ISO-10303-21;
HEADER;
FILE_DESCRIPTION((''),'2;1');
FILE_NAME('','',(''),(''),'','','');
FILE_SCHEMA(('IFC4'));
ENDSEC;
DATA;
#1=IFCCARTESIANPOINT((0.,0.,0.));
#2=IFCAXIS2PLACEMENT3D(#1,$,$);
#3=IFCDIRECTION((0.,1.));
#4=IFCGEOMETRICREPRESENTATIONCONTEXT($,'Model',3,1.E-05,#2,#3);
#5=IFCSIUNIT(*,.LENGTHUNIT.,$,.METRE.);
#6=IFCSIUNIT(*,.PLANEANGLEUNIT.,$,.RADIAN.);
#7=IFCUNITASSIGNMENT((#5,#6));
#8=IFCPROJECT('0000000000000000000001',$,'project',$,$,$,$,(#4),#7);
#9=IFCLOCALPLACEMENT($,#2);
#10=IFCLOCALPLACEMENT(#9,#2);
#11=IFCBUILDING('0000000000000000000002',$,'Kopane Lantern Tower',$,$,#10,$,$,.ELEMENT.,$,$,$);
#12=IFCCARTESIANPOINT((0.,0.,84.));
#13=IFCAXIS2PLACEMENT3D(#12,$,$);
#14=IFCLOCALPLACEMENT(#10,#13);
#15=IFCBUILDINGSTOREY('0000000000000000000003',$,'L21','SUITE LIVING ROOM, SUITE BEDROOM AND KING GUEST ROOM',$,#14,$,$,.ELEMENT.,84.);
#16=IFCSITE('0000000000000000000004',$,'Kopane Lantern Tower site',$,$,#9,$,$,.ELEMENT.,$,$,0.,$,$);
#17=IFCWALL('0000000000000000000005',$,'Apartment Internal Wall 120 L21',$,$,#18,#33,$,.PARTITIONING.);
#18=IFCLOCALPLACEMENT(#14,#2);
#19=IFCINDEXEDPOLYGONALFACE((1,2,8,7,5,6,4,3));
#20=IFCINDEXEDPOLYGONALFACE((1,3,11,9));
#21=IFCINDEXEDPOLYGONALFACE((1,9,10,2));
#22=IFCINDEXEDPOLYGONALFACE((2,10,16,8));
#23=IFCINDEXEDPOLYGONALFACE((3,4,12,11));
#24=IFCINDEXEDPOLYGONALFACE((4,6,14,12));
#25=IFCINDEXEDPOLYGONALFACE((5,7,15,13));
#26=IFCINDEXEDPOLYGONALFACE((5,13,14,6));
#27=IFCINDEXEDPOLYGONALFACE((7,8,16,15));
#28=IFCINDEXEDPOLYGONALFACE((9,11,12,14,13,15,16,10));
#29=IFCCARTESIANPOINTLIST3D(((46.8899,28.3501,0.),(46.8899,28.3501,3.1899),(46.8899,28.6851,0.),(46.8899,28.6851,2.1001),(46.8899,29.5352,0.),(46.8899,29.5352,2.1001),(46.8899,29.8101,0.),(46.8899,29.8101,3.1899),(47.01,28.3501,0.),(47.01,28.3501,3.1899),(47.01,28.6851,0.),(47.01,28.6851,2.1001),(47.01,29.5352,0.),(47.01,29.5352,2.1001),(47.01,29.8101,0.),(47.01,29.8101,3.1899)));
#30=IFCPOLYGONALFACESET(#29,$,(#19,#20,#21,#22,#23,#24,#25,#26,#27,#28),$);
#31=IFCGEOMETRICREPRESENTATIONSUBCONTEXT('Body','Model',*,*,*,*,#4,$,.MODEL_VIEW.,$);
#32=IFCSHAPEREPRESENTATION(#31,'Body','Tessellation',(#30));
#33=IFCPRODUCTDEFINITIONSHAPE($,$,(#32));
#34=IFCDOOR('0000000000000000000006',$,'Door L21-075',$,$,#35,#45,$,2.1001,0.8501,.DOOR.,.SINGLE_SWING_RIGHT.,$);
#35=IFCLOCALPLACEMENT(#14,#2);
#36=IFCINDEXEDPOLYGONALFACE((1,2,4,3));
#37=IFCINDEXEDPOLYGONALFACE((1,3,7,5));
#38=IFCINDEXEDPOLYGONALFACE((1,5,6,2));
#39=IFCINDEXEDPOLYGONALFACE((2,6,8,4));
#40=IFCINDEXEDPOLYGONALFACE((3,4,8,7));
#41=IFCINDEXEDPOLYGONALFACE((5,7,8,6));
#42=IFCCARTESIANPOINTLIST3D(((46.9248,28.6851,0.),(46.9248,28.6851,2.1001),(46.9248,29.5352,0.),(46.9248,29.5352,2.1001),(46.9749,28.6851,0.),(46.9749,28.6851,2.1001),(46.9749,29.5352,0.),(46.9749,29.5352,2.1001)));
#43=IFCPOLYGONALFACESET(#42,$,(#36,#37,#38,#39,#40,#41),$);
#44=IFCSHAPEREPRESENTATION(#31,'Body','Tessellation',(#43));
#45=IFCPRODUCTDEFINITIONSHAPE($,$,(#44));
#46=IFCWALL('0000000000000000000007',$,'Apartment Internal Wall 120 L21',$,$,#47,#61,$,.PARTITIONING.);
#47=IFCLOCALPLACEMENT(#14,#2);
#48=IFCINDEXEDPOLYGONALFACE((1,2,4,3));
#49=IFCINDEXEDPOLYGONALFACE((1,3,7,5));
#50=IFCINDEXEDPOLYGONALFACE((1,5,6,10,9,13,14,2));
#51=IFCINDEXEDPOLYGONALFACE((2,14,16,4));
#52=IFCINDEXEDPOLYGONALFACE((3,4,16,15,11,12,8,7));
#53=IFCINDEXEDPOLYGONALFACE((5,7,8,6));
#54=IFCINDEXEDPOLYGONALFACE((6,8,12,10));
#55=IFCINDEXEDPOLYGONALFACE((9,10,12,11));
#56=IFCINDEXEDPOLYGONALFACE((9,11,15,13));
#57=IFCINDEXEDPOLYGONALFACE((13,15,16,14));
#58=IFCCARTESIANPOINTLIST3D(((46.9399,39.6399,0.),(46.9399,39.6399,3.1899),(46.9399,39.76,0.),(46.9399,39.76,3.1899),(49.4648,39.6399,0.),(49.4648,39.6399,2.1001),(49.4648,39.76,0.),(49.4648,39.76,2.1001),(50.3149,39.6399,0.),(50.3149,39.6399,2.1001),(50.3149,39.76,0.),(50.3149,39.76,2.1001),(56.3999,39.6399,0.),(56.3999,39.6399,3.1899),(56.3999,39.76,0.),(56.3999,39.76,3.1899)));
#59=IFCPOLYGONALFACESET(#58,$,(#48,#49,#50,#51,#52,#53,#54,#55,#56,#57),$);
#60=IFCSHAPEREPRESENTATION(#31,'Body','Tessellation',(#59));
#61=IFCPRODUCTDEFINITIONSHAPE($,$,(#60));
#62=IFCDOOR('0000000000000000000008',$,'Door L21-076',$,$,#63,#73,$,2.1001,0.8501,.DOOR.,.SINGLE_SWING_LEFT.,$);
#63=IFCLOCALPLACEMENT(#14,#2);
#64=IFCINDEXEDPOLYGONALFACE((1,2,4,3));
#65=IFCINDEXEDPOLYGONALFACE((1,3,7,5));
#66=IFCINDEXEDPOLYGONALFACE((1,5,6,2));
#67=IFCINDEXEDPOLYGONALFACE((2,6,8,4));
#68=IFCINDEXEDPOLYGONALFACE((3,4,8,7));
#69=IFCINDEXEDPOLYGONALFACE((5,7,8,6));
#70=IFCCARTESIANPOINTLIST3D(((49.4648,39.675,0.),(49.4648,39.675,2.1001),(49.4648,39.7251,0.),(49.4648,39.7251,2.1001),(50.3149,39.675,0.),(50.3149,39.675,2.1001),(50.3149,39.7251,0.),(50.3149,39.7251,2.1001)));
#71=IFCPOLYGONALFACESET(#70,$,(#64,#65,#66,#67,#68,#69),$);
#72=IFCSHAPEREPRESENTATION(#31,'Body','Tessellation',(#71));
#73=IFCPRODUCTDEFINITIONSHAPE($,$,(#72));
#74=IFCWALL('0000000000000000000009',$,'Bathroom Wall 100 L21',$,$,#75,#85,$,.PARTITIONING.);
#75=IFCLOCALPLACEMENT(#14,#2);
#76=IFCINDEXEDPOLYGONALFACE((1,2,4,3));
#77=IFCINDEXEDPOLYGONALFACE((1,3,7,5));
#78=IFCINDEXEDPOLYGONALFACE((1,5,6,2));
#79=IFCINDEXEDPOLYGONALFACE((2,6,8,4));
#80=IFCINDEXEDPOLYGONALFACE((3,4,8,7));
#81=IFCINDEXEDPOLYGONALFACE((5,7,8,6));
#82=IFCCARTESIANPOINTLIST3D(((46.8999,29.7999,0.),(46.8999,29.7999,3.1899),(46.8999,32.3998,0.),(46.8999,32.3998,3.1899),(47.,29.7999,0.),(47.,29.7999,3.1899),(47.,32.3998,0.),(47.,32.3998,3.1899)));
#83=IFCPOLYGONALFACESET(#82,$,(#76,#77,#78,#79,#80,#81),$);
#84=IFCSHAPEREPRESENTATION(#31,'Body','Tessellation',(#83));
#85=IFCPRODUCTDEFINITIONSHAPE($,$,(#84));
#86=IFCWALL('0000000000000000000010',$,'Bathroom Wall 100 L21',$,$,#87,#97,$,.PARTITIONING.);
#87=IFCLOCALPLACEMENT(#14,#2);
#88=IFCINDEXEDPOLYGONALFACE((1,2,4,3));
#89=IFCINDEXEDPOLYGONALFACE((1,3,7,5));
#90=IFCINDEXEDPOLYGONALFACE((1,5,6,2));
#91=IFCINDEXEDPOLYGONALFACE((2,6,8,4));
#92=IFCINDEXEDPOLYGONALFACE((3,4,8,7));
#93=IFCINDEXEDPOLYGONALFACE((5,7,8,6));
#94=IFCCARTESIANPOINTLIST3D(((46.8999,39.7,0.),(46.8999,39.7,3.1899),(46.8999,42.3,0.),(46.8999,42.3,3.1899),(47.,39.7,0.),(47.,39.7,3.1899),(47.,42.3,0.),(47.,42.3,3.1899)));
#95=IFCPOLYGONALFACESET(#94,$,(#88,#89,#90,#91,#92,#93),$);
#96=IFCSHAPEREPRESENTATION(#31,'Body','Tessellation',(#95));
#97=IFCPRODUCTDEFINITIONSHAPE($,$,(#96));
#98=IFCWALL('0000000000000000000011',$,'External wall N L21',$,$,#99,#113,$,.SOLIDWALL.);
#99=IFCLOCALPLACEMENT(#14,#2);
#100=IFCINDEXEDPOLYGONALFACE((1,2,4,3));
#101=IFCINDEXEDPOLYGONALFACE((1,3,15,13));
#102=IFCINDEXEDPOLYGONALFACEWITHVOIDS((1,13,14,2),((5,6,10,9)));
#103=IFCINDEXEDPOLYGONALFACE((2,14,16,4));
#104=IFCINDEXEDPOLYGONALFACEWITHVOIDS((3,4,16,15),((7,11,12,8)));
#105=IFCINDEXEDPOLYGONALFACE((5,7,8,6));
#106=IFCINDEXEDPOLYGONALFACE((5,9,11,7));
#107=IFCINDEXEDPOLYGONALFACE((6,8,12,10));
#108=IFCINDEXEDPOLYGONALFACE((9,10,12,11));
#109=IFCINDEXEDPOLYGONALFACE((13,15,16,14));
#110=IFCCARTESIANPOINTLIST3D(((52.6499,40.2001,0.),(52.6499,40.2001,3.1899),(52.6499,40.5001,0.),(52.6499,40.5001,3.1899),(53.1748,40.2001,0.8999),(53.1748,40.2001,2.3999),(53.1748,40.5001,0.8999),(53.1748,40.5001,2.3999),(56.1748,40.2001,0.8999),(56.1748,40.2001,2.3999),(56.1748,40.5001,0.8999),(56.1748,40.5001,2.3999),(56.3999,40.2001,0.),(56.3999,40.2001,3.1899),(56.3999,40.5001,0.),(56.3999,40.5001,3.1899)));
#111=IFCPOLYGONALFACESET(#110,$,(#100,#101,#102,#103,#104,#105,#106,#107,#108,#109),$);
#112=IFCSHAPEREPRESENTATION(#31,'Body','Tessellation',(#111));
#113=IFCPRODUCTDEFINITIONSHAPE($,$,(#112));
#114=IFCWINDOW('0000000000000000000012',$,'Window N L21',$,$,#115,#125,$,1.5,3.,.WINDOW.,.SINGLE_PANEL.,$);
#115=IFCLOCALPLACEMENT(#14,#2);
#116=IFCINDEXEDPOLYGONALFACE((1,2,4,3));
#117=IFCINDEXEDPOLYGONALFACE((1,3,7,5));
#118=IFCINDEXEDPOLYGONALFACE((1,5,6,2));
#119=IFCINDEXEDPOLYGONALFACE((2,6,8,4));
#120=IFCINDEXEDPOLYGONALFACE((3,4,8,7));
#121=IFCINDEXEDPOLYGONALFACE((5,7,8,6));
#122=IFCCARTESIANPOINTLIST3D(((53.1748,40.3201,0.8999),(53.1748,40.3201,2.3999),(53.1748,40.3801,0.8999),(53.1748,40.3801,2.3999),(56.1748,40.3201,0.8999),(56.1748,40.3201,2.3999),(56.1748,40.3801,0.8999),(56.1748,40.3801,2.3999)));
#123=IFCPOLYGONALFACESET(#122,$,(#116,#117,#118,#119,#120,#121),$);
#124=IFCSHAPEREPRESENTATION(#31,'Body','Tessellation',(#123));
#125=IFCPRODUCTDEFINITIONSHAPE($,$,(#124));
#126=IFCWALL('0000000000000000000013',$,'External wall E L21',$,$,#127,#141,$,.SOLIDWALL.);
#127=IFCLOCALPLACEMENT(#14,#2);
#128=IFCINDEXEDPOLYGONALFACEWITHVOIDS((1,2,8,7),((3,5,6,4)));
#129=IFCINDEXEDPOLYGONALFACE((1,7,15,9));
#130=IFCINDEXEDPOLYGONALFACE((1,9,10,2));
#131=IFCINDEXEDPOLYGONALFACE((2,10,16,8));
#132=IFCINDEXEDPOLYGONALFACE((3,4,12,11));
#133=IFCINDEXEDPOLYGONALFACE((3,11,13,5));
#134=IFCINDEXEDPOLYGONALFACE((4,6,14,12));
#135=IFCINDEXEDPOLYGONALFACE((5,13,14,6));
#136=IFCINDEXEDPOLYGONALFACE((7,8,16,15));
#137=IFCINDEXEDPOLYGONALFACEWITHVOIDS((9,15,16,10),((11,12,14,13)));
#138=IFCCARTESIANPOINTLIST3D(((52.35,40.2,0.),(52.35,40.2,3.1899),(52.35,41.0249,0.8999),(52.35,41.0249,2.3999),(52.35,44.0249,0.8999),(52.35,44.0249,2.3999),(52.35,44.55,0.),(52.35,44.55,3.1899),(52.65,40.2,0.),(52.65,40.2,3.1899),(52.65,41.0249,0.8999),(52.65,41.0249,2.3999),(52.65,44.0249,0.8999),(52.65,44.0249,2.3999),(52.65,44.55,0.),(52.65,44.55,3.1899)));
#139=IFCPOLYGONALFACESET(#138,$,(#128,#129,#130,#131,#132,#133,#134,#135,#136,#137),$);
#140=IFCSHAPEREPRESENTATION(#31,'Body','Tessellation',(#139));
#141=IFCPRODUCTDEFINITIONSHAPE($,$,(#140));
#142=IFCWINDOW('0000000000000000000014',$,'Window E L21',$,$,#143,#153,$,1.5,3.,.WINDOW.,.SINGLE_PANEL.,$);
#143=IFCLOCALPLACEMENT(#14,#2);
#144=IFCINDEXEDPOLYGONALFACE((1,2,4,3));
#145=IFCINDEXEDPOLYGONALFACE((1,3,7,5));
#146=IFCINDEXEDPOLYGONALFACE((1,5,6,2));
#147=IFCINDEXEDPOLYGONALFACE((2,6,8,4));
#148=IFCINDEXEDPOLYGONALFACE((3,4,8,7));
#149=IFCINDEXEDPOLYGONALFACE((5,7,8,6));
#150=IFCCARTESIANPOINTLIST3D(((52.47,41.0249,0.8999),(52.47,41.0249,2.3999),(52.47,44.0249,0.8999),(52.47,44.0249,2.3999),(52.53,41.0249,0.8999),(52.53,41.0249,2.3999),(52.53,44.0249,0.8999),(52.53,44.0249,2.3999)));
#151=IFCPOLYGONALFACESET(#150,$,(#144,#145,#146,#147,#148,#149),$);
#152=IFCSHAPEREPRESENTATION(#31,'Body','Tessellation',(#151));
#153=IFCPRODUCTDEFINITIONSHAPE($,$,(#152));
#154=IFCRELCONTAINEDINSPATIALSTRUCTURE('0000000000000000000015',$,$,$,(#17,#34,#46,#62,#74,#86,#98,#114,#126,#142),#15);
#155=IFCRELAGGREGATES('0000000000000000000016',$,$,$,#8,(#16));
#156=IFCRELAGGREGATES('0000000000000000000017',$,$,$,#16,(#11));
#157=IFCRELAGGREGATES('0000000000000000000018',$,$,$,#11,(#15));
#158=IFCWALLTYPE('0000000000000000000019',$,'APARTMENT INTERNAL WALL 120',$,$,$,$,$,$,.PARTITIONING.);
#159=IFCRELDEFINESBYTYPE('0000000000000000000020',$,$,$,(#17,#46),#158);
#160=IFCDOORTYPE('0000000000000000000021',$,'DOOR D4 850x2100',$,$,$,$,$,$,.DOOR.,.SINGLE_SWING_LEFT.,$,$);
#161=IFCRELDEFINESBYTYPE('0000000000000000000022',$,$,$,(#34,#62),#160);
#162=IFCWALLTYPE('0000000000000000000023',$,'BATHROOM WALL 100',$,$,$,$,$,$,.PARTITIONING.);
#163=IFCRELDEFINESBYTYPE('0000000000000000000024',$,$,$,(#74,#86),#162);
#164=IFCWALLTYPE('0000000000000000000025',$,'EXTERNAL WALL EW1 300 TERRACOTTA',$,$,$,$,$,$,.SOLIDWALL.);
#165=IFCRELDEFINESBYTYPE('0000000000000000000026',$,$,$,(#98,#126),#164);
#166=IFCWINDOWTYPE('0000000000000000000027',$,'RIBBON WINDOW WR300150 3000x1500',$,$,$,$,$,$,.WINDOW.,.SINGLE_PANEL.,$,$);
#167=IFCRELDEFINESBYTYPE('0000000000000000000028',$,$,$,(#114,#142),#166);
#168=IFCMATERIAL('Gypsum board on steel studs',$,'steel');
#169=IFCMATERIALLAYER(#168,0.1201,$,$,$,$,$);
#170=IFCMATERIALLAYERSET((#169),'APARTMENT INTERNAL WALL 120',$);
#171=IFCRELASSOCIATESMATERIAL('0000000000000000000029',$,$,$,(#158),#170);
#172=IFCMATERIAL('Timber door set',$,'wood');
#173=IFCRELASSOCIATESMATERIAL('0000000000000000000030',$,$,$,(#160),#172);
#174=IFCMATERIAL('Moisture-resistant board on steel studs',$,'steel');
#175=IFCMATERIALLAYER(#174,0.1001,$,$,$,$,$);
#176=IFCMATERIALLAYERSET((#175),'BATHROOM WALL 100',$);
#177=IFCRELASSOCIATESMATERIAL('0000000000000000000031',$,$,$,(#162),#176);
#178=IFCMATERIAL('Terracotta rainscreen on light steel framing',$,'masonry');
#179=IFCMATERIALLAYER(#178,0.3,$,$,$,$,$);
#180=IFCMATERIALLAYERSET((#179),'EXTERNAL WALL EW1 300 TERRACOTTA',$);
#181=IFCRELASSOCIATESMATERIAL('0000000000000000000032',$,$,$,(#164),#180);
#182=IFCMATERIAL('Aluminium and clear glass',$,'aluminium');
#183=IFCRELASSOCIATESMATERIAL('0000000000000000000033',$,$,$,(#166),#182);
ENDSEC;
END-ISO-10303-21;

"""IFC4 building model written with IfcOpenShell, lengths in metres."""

from ifc_helpers import new_model, si_unit, direction, frame, frame_2d, origin, place, context, subcontext, project, spatial, rectangle, extrude, material, layer, layer_set, type_object, element, fill, save


model = new_model("IFC4")

# Units and contexts
model_context = context("Model", 3, precision=1e-05, world=origin(), true_north=direction((0.0, 1.0)))
body_context = subcontext(model_context, "Body", "Model", "MODEL_VIEW")
ifc_project = project(units=[si_unit("LENGTHUNIT", "METRE"), si_unit("PLANEANGLEUNIT", "RADIAN")], contexts=[model_context])

# Site, building, storey
site_placement = place(None, origin())
site = spatial("IfcSite", under=ifc_project, at=site_placement, Name="Kopane Lantern Tower site", CompositionType="ELEMENT", RefElevation=0.0)
building_placement = place(site_placement, origin())
building = spatial("IfcBuilding", under=site, at=building_placement, Name="Kopane Lantern Tower", CompositionType="ELEMENT")
storey_placement = place(building_placement, frame((0.0, 0.0, 84.0)))
storey = spatial("IfcBuildingStorey", under=building, at=storey_placement, Name="L21", Description="SUITE LIVING ROOM, SUITE BEDROOM AND KING GUEST ROOM", CompositionType="ELEMENT", Elevation=84.0)

# Walls, openings, doors
ifc_material_1 = material(Name="Gypsum board on steel studs", Category="steel")
ifc_layer_1 = layer(ifc_material_1, 0.1201)
ifc_layer_set_1 = layer_set([ifc_layer_1], Name="APARTMENT INTERNAL WALL 120")
wall_type_1 = type_object("IfcWallType", Name="APARTMENT INTERNAL WALL 120", PredefinedType="PARTITIONING", material=ifc_layer_set_1)
wall_1_placement = place(storey_placement, frame((46.95, 29.8101, 0.0), z_axis=(0.0, 0.0, 1.0), x_axis=(0.0, -1.0, 0.0)))
wall_1 = element("IfcWall", 1, at=wall_1_placement, inside=storey, type_object=wall_type_1, Name="Apartment Internal Wall 120 L21", PredefinedType="PARTITIONING", context=body_context, shape_type="SweptSolid", body=[
    extrude(rectangle(XDim=1.46, YDim=0.1201, at=frame_2d((0.73, 0.0))), origin(), (0.0, 0.0, 1.0), 3.1899),
])
opening_1_placement = place(wall_1_placement, frame((0.2749, 0.0, 0.0)))
opening_1 = element("IfcOpeningElement", 2, at=opening_1_placement, cuts=wall_1, PredefinedType="OPENING", context=body_context, shape_type="SweptSolid", body=[
    extrude(rectangle(XDim=0.8501, YDim=2.1001, at=frame_2d((0.425, 1.05))), frame((0.0, 0.0701, 0.0), z_axis=(0.0, -1.0, 0.0), x_axis=(1.0, 0.0, 0.0)), (0.0, 0.0, 1.0), 0.1401),
])
ifc_material_2 = material(Name="Timber door set", Category="wood")
door_type = type_object("IfcDoorType", Name="DOOR D4 850x2100", OperationType="SINGLE_SWING_LEFT", PredefinedType="DOOR", material=ifc_material_2)
door_1_placement = place(opening_1_placement, origin())
door_1 = element("IfcDoor", 3, at=door_1_placement, inside=storey, type_object=door_type, Name="Door L21-075", OperationType="SINGLE_SWING_RIGHT", OverallHeight=2.1001, OverallWidth=0.8501, PredefinedType="DOOR", context=body_context, shape_type="SweptSolid", body=[
    extrude(rectangle(XDim=0.8501, YDim=2.1001, at=frame_2d((0.425, 1.05))), frame((0.0, 0.0249, 0.0), z_axis=(0.0, -1.0, 0.0), x_axis=(1.0, 0.0, 0.0)), (0.0, 0.0, 1.0), 0.05),
])
fill(opening_1, door_1)
wall_2_placement = place(storey_placement, frame((56.3999, 39.7, 0.0), z_axis=(0.0, 0.0, 1.0), x_axis=(-1.0, 0.0, 0.0)))
wall_2 = element("IfcWall", 4, at=wall_2_placement, inside=storey, type_object=wall_type_1, Name="Apartment Internal Wall 120 L21", PredefinedType="PARTITIONING", context=body_context, shape_type="SweptSolid", body=[
    extrude(rectangle(XDim=9.46, YDim=0.1201, at=frame_2d((4.73, 0.0))), origin(), (0.0, 0.0, 1.0), 3.1899),
])
opening_2_placement = place(wall_2_placement, frame((6.085, 0.0, 0.0)))
opening_2 = element("IfcOpeningElement", 5, at=opening_2_placement, cuts=wall_2, PredefinedType="OPENING", context=body_context, shape_type="SweptSolid", body=[
    extrude(rectangle(XDim=0.8501, YDim=2.1001, at=frame_2d((0.425, 1.05))), frame((0.0, 0.0701, 0.0), z_axis=(0.0, -1.0, 0.0), x_axis=(1.0, 0.0, 0.0)), (0.0, 0.0, 1.0), 0.1401),
])
door_2_placement = place(opening_2_placement, origin())
door_2 = element("IfcDoor", 6, at=door_2_placement, inside=storey, type_object=door_type, Name="Door L21-076", OperationType="SINGLE_SWING_LEFT", OverallHeight=2.1001, OverallWidth=0.8501, PredefinedType="DOOR", context=body_context, shape_type="SweptSolid", body=[
    extrude(rectangle(XDim=0.8501, YDim=2.1001, at=frame_2d((0.425, 1.05))), frame((0.0, 0.0249, 0.0), z_axis=(0.0, -1.0, 0.0), x_axis=(1.0, 0.0, 0.0)), (0.0, 0.0, 1.0), 0.05),
])
fill(opening_2, door_2)

# Walls
ifc_material_3 = material(Name="Moisture-resistant board on steel studs", Category="steel")
ifc_layer_2 = layer(ifc_material_3, 0.1001)
ifc_layer_set_2 = layer_set([ifc_layer_2], Name="BATHROOM WALL 100")
wall_type_2 = type_object("IfcWallType", Name="BATHROOM WALL 100", PredefinedType="PARTITIONING", material=ifc_layer_set_2)
wall_3_placement = place(storey_placement, frame((46.95, 29.8, 0.0), z_axis=(0.0, 0.0, 1.0), x_axis=(0.0, 1.0, 0.0)))
element("IfcWall", 7, at=wall_3_placement, inside=storey, type_object=wall_type_2, Name="Bathroom Wall 100 L21", PredefinedType="PARTITIONING", context=body_context, shape_type="SweptSolid", body=[
    extrude(rectangle(XDim=2.5999, YDim=0.1001, at=frame_2d((1.2998, 0.0))), origin(), (0.0, 0.0, 1.0), 3.1899),
])
wall_4_placement = place(storey_placement, frame((46.95, 39.7, 0.0), z_axis=(0.0, 0.0, 1.0), x_axis=(0.0, 1.0, 0.0)))
element("IfcWall", 8, at=wall_4_placement, inside=storey, type_object=wall_type_2, Name="Bathroom Wall 100 L21", PredefinedType="PARTITIONING", context=body_context, shape_type="SweptSolid", body=[
    extrude(rectangle(XDim=2.6001, YDim=0.1001, at=frame_2d((1.3, 0.0))), origin(), (0.0, 0.0, 1.0), 3.1899),
])

# Walls, openings, windows
ifc_material_4 = material(Name="Terracotta rainscreen on light steel framing", Category="masonry")
ifc_layer_3 = layer(ifc_material_4, 0.3)
ifc_layer_set_3 = layer_set([ifc_layer_3], Name="EXTERNAL WALL EW1 300 TERRACOTTA")
wall_type_3 = type_object("IfcWallType", Name="EXTERNAL WALL EW1 300 TERRACOTTA", PredefinedType="SOLIDWALL", material=ifc_layer_set_3)
wall_5_placement = place(storey_placement, frame((56.3999, 40.3501, 0.0), z_axis=(0.0, 0.0, 1.0), x_axis=(-1.0, 0.0, 0.0)))
wall_5 = element("IfcWall", 9, at=wall_5_placement, inside=storey, type_object=wall_type_3, Name="External wall N L21", PredefinedType="SOLIDWALL", context=body_context, shape_type="SweptSolid", body=[
    extrude(rectangle(XDim=3.75, YDim=0.3, at=frame_2d((1.875, 0.0))), origin(), (0.0, 0.0, 1.0), 3.1899),
])
opening_3_placement = place(wall_5_placement, frame((0.2251, 0.0, 0.8999)))
opening_3 = element("IfcOpeningElement", 10, at=opening_3_placement, cuts=wall_5, PredefinedType="OPENING", context=body_context, shape_type="SweptSolid", body=[
    extrude(rectangle(XDim=3.0, YDim=1.5, at=frame_2d((1.5, 0.75))), frame((0.0, 0.1599, 0.0), z_axis=(0.0, -1.0, 0.0), x_axis=(1.0, 0.0, 0.0)), (0.0, 0.0, 1.0), 0.3201),
])
ifc_material_5 = material(Name="Aluminium and clear glass", Category="aluminium")
window_type = type_object("IfcWindowType", Name="RIBBON WINDOW WR300150 3000x1500", PartitioningType="SINGLE_PANEL", PredefinedType="WINDOW", material=ifc_material_5)
window_1_placement = place(opening_3_placement, origin())
window_1 = element("IfcWindow", 11, at=window_1_placement, inside=storey, type_object=window_type, Name="Window N L21", OverallHeight=1.5, OverallWidth=3.0, PartitioningType="SINGLE_PANEL", PredefinedType="WINDOW", context=body_context, shape_type="SweptSolid", body=[
    extrude(rectangle(XDim=3.0, YDim=1.5, at=frame_2d((1.5, 0.75))), frame((0.0, 0.03, 0.0), z_axis=(0.0, -1.0, 0.0), x_axis=(1.0, 0.0, 0.0)), (0.0, 0.0, 1.0), 0.0601),
])
fill(opening_3, window_1)
wall_6_placement = place(storey_placement, frame((52.5, 40.2, 0.0), z_axis=(0.0, 0.0, 1.0), x_axis=(0.0, 1.0, 0.0)))
wall_6 = element("IfcWall", 12, at=wall_6_placement, inside=storey, type_object=wall_type_3, Name="External wall E L21", PredefinedType="SOLIDWALL", context=body_context, shape_type="SweptSolid", body=[
    extrude(rectangle(XDim=4.3501, YDim=0.3, at=frame_2d((2.175, 0.0))), origin(), (0.0, 0.0, 1.0), 3.1899),
])
opening_4_placement = place(wall_6_placement, frame((0.825, 0.0, 0.8999)))
opening_4 = element("IfcOpeningElement", 13, at=opening_4_placement, cuts=wall_6, PredefinedType="OPENING", context=body_context, shape_type="SweptSolid", body=[
    extrude(rectangle(XDim=3.0, YDim=1.5, at=frame_2d((1.5, 0.75))), frame((0.0, 0.1599, 0.0), z_axis=(0.0, -1.0, 0.0), x_axis=(1.0, 0.0, 0.0)), (0.0, 0.0, 1.0), 0.3201),
])
window_2_placement = place(opening_4_placement, origin())
window_2 = element("IfcWindow", 14, at=window_2_placement, inside=storey, type_object=window_type, Name="Window E L21", OverallHeight=1.5, OverallWidth=3.0, PartitioningType="SINGLE_PANEL", PredefinedType="WINDOW", context=body_context, shape_type="SweptSolid", body=[
    extrude(rectangle(XDim=3.0, YDim=1.5, at=frame_2d((1.5, 0.75))), frame((0.0, 0.03, 0.0), z_axis=(0.0, -1.0, 0.0), x_axis=(1.0, 0.0, 0.0)), (0.0, 0.0, 1.0), 0.0601),
])
fill(opening_4, window_2)

save(model, "model.ifc")
